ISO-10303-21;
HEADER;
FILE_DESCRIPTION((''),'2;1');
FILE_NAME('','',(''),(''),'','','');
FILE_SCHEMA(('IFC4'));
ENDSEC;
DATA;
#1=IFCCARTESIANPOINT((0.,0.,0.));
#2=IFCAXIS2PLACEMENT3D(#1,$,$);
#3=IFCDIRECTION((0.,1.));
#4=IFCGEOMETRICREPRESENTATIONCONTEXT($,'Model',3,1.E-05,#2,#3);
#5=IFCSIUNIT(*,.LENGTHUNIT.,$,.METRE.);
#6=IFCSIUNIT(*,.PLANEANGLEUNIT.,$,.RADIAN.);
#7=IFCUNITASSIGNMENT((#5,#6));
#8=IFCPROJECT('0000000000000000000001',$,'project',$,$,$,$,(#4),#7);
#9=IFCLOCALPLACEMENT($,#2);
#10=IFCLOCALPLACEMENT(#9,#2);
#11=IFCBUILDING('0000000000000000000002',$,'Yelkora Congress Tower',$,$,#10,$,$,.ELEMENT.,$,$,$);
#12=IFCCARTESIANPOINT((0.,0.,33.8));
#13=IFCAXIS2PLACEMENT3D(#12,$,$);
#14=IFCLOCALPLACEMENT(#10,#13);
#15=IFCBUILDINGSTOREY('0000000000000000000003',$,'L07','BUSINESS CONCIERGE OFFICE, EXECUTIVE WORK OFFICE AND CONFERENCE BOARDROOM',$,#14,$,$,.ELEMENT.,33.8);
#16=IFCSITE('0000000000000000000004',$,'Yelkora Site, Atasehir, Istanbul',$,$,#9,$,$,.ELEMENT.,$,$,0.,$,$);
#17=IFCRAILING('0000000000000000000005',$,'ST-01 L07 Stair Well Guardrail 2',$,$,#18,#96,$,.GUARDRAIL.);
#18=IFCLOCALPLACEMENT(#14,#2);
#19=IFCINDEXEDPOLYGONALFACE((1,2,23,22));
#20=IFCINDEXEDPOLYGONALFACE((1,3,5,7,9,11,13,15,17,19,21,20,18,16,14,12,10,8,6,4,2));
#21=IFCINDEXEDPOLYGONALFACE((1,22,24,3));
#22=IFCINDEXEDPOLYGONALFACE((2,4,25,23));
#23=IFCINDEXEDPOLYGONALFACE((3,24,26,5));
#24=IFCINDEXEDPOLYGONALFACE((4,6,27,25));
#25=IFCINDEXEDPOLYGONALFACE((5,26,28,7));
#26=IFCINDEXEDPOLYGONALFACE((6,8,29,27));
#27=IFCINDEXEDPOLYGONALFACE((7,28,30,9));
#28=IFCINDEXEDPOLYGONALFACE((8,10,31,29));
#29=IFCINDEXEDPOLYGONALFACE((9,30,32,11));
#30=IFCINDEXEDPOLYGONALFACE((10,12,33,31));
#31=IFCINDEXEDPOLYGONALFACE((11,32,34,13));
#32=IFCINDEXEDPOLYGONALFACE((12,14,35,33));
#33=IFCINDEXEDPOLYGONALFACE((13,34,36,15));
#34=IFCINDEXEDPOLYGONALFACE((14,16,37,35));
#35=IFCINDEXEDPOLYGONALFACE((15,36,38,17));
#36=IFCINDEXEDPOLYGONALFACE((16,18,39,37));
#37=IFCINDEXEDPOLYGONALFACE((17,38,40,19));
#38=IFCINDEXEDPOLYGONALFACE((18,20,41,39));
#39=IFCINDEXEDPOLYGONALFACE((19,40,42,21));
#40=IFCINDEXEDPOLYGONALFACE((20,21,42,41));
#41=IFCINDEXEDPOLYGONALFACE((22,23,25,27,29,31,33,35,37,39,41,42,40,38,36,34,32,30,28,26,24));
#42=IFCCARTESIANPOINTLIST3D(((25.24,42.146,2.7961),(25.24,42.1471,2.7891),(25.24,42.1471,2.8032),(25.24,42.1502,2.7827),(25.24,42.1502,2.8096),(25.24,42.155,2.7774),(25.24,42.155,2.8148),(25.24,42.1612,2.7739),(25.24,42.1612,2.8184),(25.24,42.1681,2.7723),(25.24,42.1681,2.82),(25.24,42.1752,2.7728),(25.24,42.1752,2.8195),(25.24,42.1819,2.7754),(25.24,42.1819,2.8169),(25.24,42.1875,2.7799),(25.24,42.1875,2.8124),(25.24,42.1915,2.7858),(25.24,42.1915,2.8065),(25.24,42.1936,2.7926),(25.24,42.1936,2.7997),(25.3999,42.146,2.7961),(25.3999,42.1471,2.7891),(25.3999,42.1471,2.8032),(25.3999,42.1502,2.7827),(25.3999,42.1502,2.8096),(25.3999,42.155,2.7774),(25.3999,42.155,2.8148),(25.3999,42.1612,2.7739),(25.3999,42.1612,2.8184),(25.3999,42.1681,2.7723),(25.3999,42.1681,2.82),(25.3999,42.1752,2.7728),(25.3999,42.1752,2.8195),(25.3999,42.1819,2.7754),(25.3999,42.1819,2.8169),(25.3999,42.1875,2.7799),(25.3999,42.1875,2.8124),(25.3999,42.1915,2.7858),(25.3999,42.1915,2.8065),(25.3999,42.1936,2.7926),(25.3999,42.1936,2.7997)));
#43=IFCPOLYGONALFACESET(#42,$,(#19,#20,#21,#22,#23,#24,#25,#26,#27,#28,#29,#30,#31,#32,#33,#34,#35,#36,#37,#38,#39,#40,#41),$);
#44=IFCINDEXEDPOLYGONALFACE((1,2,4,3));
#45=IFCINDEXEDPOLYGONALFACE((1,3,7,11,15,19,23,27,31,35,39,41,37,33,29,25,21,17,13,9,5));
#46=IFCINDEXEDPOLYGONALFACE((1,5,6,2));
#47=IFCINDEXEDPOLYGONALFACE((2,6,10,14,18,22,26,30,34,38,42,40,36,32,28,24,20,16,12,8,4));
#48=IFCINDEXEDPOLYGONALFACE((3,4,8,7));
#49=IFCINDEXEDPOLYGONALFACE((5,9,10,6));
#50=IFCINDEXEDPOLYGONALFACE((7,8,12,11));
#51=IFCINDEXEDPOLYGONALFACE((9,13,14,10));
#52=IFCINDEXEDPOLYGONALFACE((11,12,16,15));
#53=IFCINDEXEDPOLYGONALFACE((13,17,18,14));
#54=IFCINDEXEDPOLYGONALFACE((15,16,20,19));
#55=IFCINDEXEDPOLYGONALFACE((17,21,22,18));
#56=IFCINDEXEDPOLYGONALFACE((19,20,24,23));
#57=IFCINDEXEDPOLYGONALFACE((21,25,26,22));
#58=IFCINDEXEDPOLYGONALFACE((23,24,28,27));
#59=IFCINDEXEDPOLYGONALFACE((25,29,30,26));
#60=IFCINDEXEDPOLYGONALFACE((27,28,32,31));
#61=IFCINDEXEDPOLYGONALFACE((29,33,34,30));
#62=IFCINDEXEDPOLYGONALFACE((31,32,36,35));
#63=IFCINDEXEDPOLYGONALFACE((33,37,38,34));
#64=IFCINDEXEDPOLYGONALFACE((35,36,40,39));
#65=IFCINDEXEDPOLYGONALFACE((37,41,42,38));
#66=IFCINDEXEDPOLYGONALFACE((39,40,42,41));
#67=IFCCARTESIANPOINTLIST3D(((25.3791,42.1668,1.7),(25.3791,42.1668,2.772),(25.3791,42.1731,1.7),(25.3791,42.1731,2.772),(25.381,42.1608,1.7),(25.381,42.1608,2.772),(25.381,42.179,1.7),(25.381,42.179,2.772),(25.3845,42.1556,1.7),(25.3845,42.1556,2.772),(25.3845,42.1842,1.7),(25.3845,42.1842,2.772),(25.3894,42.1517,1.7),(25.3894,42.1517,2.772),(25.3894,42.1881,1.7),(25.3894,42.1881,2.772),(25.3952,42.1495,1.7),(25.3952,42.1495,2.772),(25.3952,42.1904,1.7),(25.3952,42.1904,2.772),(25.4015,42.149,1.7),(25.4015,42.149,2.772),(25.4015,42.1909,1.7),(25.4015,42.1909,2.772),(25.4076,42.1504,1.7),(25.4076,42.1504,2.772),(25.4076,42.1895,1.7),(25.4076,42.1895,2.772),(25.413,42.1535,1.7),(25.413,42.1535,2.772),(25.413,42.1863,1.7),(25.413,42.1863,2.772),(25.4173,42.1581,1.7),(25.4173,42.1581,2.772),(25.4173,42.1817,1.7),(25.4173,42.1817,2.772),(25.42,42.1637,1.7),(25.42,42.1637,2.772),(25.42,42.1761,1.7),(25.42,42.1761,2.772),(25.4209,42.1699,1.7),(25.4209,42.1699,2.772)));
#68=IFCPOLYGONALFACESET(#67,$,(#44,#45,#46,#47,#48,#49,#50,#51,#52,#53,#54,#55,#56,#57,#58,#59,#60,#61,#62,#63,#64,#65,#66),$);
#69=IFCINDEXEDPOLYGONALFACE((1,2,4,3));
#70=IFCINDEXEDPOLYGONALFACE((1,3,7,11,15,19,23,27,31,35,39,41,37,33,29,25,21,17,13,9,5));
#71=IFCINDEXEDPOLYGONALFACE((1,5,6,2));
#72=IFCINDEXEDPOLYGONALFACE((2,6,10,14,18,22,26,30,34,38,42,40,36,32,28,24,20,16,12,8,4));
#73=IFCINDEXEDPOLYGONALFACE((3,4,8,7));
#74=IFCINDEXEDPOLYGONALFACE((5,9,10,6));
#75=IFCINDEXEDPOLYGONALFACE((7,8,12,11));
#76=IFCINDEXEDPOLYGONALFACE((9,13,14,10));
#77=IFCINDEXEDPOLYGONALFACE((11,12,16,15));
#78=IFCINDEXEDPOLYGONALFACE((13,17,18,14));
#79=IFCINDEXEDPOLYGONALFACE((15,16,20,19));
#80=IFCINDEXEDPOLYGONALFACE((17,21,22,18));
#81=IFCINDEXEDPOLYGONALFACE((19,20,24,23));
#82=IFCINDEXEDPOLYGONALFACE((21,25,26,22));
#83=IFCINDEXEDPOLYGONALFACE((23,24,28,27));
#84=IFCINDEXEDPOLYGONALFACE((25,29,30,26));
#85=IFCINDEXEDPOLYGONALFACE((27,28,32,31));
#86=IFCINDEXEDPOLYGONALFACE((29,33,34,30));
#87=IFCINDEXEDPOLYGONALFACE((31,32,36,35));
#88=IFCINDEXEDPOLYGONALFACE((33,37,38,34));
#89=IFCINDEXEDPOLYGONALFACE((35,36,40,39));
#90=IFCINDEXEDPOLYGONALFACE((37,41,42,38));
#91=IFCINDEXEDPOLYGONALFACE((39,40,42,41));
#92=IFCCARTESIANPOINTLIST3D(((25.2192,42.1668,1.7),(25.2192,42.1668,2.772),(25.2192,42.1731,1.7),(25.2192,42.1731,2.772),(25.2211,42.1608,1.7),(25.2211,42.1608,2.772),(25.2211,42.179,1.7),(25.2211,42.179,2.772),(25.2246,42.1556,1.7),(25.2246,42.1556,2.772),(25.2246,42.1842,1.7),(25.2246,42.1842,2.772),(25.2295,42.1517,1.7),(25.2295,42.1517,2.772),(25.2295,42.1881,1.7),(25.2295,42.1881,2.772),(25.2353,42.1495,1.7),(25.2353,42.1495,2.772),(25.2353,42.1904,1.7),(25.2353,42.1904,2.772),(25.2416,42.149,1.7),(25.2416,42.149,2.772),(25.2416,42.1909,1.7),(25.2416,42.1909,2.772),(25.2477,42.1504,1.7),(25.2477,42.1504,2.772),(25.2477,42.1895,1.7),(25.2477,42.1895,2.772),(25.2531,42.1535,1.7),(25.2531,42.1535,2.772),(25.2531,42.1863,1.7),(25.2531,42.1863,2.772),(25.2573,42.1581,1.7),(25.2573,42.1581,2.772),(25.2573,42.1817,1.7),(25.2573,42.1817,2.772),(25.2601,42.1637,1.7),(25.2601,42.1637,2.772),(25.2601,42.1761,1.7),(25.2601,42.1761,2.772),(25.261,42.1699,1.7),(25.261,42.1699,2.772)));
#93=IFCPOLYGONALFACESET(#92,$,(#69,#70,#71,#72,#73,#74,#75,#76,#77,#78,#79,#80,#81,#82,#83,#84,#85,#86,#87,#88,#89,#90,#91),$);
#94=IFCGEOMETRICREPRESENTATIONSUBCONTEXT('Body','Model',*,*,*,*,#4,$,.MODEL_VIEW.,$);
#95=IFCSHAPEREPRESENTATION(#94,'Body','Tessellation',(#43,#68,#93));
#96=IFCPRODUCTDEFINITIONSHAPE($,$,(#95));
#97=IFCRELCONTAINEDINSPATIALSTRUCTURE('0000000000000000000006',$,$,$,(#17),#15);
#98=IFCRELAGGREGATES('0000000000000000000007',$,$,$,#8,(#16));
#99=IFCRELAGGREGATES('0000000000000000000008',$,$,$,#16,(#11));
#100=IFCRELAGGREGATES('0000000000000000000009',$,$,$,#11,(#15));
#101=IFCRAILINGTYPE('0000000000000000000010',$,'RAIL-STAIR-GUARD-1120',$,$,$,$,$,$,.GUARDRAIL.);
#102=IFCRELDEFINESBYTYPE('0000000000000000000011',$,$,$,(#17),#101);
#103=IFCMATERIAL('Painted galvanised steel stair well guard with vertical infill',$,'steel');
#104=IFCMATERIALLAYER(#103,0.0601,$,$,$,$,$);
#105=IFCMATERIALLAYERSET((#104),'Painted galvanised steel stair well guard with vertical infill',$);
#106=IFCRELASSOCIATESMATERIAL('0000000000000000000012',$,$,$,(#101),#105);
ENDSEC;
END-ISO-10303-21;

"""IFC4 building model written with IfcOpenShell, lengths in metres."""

from ifc_helpers import new_model, si_unit, direction, frame, origin, origin_2d, place, context, subcontext, project, spatial, circle, extrude, material, layer, layer_set, type_object, element, save


model = new_model("IFC4")

# Units and contexts
model_context = context("Model", 3, precision=1e-05, world=origin(), true_north=direction((0.0, 1.0)))
body_context = subcontext(model_context, "Body", "Model", "MODEL_VIEW")
ifc_project = project(units=[si_unit("LENGTHUNIT", "METRE"), si_unit("PLANEANGLEUNIT", "RADIAN")], contexts=[model_context])

# Site, building, storey
site_placement = place(None, origin())
site = spatial("IfcSite", under=ifc_project, at=site_placement, Name="Yelkora Site, Atasehir, Istanbul", CompositionType="ELEMENT", RefElevation=0.0)
building_placement = place(site_placement, origin())
building = spatial("IfcBuilding", under=site, at=building_placement, Name="Yelkora Congress Tower", CompositionType="ELEMENT")
storey_placement = place(building_placement, frame((0.0, 0.0, 33.8)))
storey = spatial("IfcBuildingStorey", under=building, at=storey_placement, Name="L07", Description="BUSINESS CONCIERGE OFFICE, EXECUTIVE WORK OFFICE AND CONFERENCE BOARDROOM", CompositionType="ELEMENT", Elevation=33.8)

# Railing
ifc_material_1 = material(Name="Painted galvanised steel stair well guard with vertical infill", Category="steel")
ifc_layer_1 = layer(ifc_material_1, 0.0601)
ifc_layer_set_1 = layer_set([ifc_layer_1], Name="Painted galvanised steel stair well guard with vertical infill")
railing_type_1 = type_object("IfcRailingType", Name="RAIL-STAIR-GUARD-1120", PredefinedType="GUARDRAIL", material=ifc_layer_set_1)
railing_1_placement = place(storey_placement, frame((25.3999, 42.1699, 1.7)))
element("IfcRailing", 1, at=railing_1_placement, inside=storey, type_object=railing_type_1, Name="ST-01 L07 Stair Well Guardrail 2", PredefinedType="GUARDRAIL", context=body_context, shape_type="SweptSolid", body=[
    extrude(circle(Radius=0.0239, at=origin_2d()), frame((0.0, 0.0, 1.0962), z_axis=(-1.0, 0.0, 0.0), x_axis=(0.0, -1.0, 0.0)), (0.0, 0.0, 1.0), 0.1599),
    extrude(circle(Radius=0.021, at=origin_2d()), origin(), (0.0, 0.0, 1.0), 1.072),
    extrude(circle(Radius=0.021, at=origin_2d()), frame((-0.1599, 0.0, 0.0)), (0.0, 0.0, 1.0), 1.072),
])

save(model, "model.ifc")
